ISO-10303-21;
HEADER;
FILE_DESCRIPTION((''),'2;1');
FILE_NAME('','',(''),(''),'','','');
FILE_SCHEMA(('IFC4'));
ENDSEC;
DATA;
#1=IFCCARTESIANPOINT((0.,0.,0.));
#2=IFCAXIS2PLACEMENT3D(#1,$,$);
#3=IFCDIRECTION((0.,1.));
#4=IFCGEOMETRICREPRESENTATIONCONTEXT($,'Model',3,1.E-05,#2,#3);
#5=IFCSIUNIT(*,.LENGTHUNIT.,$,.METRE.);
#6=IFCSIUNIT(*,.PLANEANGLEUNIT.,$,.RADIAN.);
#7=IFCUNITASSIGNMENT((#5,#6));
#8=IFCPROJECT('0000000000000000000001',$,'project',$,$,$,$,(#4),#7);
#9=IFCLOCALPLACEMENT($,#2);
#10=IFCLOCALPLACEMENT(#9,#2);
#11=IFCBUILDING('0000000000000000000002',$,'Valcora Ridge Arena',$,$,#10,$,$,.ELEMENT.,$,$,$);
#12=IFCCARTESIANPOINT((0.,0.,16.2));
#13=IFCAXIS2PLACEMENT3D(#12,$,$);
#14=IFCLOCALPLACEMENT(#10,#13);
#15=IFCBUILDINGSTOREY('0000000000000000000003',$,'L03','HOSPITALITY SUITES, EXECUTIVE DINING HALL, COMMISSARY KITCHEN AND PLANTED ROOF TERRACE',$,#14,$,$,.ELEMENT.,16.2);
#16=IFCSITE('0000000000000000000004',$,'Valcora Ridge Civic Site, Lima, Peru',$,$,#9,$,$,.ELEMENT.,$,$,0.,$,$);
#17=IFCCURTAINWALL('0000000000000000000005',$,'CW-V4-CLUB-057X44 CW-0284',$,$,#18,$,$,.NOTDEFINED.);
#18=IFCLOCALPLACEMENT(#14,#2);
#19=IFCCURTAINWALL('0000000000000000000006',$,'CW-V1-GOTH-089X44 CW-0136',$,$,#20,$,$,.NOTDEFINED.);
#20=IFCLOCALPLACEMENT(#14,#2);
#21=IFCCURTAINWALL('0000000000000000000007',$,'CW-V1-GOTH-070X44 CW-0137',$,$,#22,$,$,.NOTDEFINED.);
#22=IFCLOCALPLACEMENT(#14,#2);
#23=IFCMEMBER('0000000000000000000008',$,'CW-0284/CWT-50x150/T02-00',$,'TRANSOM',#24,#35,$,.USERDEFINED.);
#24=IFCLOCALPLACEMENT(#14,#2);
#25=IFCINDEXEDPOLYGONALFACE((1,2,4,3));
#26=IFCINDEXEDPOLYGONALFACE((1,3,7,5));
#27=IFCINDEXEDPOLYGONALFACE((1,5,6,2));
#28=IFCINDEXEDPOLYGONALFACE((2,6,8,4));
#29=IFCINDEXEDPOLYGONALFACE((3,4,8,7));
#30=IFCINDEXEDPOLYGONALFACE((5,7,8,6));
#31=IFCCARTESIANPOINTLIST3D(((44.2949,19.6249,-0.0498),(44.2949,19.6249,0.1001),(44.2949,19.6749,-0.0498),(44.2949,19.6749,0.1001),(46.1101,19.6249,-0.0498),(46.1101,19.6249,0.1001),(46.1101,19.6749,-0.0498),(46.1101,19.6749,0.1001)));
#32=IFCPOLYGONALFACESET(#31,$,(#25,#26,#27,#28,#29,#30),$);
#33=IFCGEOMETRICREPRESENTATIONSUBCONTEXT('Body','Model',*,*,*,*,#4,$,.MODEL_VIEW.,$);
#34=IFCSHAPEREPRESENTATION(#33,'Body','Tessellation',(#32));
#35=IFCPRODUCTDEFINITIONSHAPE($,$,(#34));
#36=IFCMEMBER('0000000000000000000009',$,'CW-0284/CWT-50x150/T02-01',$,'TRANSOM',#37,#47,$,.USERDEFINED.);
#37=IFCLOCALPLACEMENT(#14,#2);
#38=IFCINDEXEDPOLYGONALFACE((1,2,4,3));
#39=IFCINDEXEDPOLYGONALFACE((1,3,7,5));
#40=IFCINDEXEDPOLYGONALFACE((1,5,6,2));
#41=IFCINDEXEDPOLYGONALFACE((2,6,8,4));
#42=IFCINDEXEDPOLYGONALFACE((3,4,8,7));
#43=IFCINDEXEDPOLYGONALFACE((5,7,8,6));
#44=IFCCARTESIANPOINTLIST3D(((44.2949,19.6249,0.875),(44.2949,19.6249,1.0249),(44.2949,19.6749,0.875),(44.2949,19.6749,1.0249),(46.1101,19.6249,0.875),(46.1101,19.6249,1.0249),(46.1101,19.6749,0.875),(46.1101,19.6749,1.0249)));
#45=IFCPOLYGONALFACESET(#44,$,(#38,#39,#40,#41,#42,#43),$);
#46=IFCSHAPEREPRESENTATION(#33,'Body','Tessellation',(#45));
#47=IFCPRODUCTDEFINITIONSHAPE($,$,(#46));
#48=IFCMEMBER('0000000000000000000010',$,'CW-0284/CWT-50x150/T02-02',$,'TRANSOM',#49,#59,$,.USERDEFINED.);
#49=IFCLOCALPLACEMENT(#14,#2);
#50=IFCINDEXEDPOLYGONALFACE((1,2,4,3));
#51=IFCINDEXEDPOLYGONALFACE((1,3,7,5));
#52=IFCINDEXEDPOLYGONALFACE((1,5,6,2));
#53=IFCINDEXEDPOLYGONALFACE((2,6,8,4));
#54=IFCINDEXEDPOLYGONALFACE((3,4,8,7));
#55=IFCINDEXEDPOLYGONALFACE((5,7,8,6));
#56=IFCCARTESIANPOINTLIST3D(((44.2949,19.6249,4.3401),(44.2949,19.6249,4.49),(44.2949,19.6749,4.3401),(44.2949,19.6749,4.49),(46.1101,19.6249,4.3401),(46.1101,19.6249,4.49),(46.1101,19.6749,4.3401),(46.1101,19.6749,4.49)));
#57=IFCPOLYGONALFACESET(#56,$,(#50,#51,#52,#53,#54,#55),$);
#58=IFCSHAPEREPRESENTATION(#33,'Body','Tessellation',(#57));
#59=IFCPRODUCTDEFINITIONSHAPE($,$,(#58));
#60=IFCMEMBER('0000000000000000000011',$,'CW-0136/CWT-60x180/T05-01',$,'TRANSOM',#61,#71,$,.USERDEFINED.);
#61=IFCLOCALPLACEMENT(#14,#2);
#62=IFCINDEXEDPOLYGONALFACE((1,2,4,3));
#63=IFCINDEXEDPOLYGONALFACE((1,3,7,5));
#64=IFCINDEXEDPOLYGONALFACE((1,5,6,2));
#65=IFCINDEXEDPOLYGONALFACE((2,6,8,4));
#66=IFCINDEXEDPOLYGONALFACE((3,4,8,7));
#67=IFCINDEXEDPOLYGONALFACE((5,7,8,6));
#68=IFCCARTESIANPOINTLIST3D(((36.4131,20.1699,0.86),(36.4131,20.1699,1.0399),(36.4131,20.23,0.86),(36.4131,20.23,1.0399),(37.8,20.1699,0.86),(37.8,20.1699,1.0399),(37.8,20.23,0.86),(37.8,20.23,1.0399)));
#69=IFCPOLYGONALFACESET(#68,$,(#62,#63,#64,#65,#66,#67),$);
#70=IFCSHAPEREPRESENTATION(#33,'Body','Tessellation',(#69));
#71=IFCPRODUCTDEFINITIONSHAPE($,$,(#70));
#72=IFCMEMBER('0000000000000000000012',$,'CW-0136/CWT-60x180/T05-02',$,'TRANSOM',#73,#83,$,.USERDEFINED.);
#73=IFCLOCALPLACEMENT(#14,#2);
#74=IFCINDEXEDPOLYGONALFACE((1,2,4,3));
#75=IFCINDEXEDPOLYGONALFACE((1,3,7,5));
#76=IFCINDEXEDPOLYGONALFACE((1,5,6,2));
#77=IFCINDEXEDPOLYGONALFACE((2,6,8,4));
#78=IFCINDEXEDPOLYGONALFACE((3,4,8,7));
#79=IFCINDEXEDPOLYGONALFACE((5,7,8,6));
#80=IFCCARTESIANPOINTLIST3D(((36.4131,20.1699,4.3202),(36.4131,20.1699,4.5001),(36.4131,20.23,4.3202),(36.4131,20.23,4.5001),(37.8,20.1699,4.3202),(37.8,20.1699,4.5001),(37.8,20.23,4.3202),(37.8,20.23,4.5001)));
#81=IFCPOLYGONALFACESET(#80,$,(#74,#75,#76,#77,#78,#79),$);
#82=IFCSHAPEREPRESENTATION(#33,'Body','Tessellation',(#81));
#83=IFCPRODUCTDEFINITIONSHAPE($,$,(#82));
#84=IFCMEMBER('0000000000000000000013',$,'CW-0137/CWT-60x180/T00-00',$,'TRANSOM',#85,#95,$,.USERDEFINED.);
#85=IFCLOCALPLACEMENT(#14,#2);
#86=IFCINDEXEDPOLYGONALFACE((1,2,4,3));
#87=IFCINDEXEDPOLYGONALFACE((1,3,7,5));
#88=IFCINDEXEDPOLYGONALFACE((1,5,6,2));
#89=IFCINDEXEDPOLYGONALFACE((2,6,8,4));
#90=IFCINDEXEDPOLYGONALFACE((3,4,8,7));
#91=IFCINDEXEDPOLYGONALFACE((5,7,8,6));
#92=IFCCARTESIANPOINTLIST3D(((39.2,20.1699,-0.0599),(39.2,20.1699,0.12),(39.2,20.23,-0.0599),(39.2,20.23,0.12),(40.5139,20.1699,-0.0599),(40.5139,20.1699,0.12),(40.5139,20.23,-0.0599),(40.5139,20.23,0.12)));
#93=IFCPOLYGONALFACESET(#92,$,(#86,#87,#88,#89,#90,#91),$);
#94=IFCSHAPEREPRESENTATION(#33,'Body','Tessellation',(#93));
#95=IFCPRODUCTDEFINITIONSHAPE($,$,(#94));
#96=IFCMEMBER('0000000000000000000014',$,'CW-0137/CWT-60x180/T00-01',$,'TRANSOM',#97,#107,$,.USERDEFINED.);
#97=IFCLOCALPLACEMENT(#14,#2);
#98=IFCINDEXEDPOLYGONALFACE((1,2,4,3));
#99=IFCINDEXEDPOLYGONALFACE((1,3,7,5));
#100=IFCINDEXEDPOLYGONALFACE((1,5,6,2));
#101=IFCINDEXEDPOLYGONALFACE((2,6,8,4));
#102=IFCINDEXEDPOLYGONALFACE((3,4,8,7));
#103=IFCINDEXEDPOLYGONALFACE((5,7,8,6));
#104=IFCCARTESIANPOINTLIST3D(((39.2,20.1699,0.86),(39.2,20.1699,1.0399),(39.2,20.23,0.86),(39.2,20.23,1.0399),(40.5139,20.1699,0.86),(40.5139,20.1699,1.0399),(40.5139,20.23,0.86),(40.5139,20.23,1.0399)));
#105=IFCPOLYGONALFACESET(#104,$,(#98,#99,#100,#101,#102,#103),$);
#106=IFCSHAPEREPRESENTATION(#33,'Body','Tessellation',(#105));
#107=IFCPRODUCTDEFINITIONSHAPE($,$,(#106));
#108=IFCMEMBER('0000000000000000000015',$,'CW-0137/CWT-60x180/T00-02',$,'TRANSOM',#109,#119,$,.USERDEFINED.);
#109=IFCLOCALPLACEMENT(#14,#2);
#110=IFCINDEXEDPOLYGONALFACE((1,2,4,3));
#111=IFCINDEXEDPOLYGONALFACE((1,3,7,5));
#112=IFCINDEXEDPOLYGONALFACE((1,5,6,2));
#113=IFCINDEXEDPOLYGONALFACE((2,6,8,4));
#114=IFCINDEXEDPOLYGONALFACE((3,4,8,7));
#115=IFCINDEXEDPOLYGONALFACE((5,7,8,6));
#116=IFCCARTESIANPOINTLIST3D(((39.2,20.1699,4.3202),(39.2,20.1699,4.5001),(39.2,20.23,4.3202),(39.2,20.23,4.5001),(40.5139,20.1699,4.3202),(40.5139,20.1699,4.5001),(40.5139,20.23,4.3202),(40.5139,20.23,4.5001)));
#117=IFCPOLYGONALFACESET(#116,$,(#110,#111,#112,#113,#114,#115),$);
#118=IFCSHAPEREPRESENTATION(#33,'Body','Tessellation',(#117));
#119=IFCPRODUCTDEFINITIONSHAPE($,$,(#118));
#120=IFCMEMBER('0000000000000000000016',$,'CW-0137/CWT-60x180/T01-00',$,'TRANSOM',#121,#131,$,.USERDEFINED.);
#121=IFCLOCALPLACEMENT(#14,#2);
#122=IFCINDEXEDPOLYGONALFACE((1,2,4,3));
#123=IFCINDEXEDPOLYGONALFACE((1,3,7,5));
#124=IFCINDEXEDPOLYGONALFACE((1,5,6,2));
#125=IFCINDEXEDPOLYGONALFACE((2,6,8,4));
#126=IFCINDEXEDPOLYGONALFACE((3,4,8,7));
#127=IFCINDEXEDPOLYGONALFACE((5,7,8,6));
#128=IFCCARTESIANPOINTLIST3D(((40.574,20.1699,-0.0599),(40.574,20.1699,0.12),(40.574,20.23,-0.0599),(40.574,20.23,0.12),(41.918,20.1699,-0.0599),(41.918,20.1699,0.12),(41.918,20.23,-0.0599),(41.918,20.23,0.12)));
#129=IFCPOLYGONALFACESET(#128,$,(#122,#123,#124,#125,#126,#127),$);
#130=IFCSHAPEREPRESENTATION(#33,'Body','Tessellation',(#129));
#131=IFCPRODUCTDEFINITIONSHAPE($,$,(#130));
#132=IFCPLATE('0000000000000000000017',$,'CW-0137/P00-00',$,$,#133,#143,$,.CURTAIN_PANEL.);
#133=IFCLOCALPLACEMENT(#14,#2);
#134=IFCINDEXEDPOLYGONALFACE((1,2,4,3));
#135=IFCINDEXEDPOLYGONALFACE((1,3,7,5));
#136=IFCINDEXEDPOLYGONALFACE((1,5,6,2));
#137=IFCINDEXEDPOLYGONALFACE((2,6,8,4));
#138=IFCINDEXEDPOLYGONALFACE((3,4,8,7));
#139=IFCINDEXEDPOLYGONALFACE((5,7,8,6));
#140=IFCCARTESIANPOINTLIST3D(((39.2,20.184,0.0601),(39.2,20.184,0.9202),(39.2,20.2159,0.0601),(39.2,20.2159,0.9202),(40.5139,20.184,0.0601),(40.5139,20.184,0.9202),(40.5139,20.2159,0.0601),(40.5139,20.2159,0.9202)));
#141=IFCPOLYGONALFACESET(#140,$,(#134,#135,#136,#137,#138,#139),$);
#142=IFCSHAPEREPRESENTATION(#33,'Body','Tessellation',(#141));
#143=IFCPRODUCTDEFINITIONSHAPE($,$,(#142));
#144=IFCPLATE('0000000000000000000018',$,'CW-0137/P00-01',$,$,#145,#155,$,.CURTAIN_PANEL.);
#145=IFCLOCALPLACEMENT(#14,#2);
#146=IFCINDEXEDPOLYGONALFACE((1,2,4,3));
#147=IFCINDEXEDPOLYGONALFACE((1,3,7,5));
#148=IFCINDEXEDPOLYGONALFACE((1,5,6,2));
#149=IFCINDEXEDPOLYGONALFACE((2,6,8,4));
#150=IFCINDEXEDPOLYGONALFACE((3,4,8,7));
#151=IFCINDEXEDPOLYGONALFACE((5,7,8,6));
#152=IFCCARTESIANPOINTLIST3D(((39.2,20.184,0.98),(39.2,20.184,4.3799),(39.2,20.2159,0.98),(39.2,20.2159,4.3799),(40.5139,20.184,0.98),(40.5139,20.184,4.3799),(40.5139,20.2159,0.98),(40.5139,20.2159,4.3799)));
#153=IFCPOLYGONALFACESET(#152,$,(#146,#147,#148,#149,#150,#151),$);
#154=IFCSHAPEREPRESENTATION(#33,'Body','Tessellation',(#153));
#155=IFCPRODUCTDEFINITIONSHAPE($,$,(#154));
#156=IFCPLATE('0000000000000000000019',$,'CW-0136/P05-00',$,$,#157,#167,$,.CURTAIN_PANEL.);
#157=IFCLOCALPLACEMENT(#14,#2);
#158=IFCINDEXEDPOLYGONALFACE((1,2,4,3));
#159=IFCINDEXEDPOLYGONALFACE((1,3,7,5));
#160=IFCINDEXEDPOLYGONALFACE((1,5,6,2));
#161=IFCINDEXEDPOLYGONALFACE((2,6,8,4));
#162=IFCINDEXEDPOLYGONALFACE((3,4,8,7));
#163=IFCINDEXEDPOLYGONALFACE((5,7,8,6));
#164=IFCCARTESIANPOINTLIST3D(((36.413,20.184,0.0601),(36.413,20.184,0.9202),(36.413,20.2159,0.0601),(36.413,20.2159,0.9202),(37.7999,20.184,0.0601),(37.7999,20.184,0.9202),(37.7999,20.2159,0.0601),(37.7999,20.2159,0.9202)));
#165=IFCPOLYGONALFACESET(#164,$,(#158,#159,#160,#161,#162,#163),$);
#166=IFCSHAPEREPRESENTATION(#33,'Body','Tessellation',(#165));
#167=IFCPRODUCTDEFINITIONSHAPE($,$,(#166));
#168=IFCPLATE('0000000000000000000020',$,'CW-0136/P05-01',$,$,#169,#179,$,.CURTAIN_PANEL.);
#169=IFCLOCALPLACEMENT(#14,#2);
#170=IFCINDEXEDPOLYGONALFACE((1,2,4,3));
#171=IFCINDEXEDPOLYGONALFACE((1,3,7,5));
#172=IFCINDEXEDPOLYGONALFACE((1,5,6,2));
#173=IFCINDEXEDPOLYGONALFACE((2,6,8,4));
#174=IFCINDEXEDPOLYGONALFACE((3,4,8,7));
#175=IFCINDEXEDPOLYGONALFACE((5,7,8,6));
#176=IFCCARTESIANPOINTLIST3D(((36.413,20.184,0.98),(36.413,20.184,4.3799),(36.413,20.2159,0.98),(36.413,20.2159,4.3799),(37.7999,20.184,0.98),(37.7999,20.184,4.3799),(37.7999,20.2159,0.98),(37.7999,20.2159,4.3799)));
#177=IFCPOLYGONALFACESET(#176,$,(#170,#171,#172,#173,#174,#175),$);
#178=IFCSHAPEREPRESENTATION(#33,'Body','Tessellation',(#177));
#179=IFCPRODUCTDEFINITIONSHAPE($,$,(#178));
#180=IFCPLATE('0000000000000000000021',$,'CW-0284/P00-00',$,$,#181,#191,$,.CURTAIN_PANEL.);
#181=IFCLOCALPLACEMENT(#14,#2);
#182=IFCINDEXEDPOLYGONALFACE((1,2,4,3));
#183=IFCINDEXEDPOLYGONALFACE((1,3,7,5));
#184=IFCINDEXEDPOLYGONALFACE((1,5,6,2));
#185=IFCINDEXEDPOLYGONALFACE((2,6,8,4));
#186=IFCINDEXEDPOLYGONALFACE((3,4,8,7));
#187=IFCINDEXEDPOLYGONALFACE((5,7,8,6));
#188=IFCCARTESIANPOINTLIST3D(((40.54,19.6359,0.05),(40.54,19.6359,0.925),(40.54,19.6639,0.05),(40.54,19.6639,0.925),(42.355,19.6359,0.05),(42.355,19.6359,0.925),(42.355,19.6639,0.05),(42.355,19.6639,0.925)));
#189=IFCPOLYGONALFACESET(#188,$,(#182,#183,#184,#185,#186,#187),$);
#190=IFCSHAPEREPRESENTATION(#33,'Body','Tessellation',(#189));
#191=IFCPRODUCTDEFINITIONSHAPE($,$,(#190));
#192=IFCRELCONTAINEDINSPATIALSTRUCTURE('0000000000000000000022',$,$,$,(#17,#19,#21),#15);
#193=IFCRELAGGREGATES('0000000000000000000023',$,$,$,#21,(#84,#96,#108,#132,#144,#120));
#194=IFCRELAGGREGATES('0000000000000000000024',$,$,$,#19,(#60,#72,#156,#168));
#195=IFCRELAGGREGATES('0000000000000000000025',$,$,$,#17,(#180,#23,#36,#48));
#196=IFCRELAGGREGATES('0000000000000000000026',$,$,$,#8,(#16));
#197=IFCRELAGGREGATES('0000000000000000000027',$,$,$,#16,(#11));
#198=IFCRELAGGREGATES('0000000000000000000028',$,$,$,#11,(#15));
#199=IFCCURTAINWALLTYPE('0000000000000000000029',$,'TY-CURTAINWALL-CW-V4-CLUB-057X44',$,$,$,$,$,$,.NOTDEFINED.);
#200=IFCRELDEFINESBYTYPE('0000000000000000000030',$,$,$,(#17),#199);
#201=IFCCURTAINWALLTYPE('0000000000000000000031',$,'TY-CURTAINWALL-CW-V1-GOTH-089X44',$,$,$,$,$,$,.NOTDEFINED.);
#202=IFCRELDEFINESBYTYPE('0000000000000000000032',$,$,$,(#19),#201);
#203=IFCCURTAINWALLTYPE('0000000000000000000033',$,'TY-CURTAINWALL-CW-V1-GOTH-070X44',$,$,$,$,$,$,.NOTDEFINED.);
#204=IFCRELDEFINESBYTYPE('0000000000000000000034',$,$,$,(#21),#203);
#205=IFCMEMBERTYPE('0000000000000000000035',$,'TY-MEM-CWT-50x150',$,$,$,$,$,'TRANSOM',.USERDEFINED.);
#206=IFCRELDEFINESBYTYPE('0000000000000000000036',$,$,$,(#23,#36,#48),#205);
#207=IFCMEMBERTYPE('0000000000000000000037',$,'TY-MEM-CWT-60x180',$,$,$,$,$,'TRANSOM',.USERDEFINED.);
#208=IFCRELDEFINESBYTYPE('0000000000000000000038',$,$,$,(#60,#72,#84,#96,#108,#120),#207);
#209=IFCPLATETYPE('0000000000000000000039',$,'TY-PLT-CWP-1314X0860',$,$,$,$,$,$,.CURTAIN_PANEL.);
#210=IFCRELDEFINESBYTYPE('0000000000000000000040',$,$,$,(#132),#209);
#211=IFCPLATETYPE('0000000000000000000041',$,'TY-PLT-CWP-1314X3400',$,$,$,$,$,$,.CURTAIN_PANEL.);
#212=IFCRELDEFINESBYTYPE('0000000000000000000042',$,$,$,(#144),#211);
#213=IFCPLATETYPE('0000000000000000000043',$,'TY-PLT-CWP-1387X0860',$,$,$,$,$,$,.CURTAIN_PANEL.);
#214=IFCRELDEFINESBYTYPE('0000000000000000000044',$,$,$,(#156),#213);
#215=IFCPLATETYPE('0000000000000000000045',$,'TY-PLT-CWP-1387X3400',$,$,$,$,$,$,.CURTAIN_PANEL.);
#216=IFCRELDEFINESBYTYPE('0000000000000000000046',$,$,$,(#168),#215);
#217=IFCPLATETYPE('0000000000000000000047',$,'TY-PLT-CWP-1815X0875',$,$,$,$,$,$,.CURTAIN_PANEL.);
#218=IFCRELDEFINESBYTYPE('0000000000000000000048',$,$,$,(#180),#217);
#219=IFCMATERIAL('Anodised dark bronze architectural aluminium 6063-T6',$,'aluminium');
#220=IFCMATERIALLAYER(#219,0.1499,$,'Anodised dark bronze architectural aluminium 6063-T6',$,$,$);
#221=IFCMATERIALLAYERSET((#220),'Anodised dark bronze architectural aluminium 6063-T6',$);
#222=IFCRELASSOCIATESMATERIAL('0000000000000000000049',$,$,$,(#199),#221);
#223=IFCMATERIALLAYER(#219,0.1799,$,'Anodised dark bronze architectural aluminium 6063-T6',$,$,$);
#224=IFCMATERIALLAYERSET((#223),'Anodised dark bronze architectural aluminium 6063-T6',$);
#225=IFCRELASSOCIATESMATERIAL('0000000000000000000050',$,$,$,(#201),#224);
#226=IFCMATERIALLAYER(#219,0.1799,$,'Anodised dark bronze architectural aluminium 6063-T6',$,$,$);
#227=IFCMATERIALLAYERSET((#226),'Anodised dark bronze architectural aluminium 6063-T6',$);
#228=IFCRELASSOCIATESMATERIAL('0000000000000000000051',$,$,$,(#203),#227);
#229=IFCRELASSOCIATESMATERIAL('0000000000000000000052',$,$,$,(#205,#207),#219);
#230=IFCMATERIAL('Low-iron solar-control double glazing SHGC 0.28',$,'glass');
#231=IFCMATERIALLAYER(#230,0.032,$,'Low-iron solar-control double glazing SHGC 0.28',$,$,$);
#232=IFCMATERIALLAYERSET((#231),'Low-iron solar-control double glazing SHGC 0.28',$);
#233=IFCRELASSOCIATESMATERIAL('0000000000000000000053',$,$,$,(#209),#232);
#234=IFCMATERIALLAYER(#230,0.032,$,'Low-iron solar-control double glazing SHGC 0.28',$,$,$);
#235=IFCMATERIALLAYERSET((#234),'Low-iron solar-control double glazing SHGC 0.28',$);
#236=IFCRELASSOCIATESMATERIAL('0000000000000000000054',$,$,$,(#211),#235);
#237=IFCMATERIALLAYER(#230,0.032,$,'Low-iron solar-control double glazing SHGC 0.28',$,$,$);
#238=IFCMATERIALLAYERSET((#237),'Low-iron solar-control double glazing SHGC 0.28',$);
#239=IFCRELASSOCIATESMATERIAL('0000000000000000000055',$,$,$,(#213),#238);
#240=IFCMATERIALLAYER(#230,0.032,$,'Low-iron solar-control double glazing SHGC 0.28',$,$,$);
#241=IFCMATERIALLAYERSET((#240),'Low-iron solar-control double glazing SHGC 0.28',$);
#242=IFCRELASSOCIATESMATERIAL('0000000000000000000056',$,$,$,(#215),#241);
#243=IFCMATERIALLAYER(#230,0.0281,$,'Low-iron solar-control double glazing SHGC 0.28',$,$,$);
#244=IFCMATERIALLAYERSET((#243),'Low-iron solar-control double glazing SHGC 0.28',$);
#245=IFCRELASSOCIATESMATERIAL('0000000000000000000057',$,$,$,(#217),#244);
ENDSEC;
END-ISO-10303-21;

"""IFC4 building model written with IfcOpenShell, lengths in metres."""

from ifc_helpers import new_model, si_unit, direction, frame, origin, origin_2d, place, context, subcontext, project, spatial, rectangle, extrude, material, layer, layer_set, material_profile, profile_set, type_object, element, aggregate, save


model = new_model("IFC4")

# Units and contexts
model_context = context("Model", 3, precision=1e-05, world=origin(), true_north=direction((0.0, 1.0)))
body_context = subcontext(model_context, "Body", "Model", "MODEL_VIEW")
ifc_project = project(units=[si_unit("LENGTHUNIT", "METRE"), si_unit("PLANEANGLEUNIT", "RADIAN")], contexts=[model_context])

# Site, building, storey
site_placement = place(None, origin())
site = spatial("IfcSite", under=ifc_project, at=site_placement, Name="Valcora Ridge Civic Site, Lima, Peru", CompositionType="ELEMENT", RefElevation=0.0)
building_placement = place(site_placement, origin())
building = spatial("IfcBuilding", under=site, at=building_placement, Name="Valcora Ridge Arena", CompositionType="ELEMENT")
storey_placement = place(building_placement, frame((0.0, 0.0, 16.2)))
storey = spatial("IfcBuildingStorey", under=building, at=storey_placement, Name="L03", Description="HOSPITALITY SUITES, EXECUTIVE DINING HALL, COMMISSARY KITCHEN AND PLANTED ROOF TERRACE", CompositionType="ELEMENT", Elevation=16.2)

# Curtain wall
ifc_material_1 = material(Name="Anodised dark bronze architectural aluminium 6063-T6", Category="aluminium")
ifc_layer_1 = layer(ifc_material_1, 0.1499, Name="Anodised dark bronze architectural aluminium 6063-T6")
ifc_layer_set_1 = layer_set([ifc_layer_1], Name="Anodised dark bronze architectural aluminium 6063-T6")
curtain_wall_type_1 = type_object("IfcCurtainWallType", Name="TY-CURTAINWALL-CW-V4-CLUB-057X44", PredefinedType="NOTDEFINED", material=ifc_layer_set_1)
curtain_wall_1_placement = place(storey_placement, origin())
curtain_wall_1 = element("IfcCurtainWall", 1, at=curtain_wall_1_placement, inside=storey, type_object=curtain_wall_type_1, Name="CW-V4-CLUB-057X44 CW-0284", PredefinedType="NOTDEFINED")

# Curtain wall
ifc_layer_2 = layer(ifc_material_1, 0.1799, Name="Anodised dark bronze architectural aluminium 6063-T6")
ifc_layer_set_2 = layer_set([ifc_layer_2], Name="Anodised dark bronze architectural aluminium 6063-T6")
curtain_wall_type_2 = type_object("IfcCurtainWallType", Name="TY-CURTAINWALL-CW-V1-GOTH-089X44", PredefinedType="NOTDEFINED", material=ifc_layer_set_2)
curtain_wall_2_placement = place(storey_placement, origin())
curtain_wall_2 = element("IfcCurtainWall", 2, at=curtain_wall_2_placement, inside=storey, type_object=curtain_wall_type_2, Name="CW-V1-GOTH-089X44 CW-0136", PredefinedType="NOTDEFINED")

# Curtain wall
ifc_layer_3 = layer(ifc_material_1, 0.1799, Name="Anodised dark bronze architectural aluminium 6063-T6")
ifc_layer_set_3 = layer_set([ifc_layer_3], Name="Anodised dark bronze architectural aluminium 6063-T6")
curtain_wall_type_3 = type_object("IfcCurtainWallType", Name="TY-CURTAINWALL-CW-V1-GOTH-070X44", PredefinedType="NOTDEFINED", material=ifc_layer_set_3)
curtain_wall_3_placement = place(storey_placement, origin())
curtain_wall_3 = element("IfcCurtainWall", 3, at=curtain_wall_3_placement, inside=storey, type_object=curtain_wall_type_3, Name="CW-V1-GOTH-070X44 CW-0137", PredefinedType="NOTDEFINED")

# Members
ifc_material_profile_1 = material_profile(ifc_material_1, rectangle(XDim=0.05, YDim=0.1499, at=origin_2d()), Name="ALU TRANSOM 50x150")
ifc_profile_set_1 = profile_set([ifc_material_profile_1], Name="Anodised dark bronze architectural aluminium 6063-T6")
member_type_1 = type_object("IfcMemberType", Name="TY-MEM-CWT-50x150", ElementType="TRANSOM", PredefinedType="USERDEFINED", material=ifc_profile_set_1)
member_1_placement = place(storey_placement, frame((44.2949, 19.6499, 0.0251), z_axis=(1.0, 0.0, 0.0), x_axis=(0.0, 1.0, 0.0)))
member_1 = element("IfcMember", 4, at=member_1_placement, type_object=member_type_1, Name="CW-0284/CWT-50x150/T02-00", ObjectType="TRANSOM", PredefinedType="USERDEFINED", context=body_context, shape_type="SweptSolid", body=[
    extrude(rectangle(XDim=0.05, YDim=0.1499, at=origin_2d()), origin(), (0.0, 0.0, 1.0), 1.8152),
])
member_2_placement = place(storey_placement, frame((44.2949, 19.6499, 0.95), z_axis=(1.0, 0.0, 0.0), x_axis=(0.0, 1.0, 0.0)))
member_2 = element("IfcMember", 5, at=member_2_placement, type_object=member_type_1, Name="CW-0284/CWT-50x150/T02-01", ObjectType="TRANSOM", PredefinedType="USERDEFINED", context=body_context, shape_type="SweptSolid", body=[
    extrude(rectangle(XDim=0.05, YDim=0.1499, at=origin_2d()), origin(), (0.0, 0.0, 1.0), 1.8152),
])
member_3_placement = place(storey_placement, frame((44.2949, 19.6499, 4.415), z_axis=(1.0, 0.0, 0.0), x_axis=(0.0, 1.0, 0.0)))
member_3 = element("IfcMember", 6, at=member_3_placement, type_object=member_type_1, Name="CW-0284/CWT-50x150/T02-02", ObjectType="TRANSOM", PredefinedType="USERDEFINED", context=body_context, shape_type="SweptSolid", body=[
    extrude(rectangle(XDim=0.05, YDim=0.1499, at=origin_2d()), origin(), (0.0, 0.0, 1.0), 1.8152),
])
ifc_material_profile_2 = material_profile(ifc_material_1, rectangle(XDim=0.0601, YDim=0.1799, at=origin_2d()), Name="ALU TRANSOM 60x180")
ifc_profile_set_2 = profile_set([ifc_material_profile_2], Name="Anodised dark bronze architectural aluminium 6063-T6")
member_type_2 = type_object("IfcMemberType", Name="TY-MEM-CWT-60x180", ElementType="TRANSOM", PredefinedType="USERDEFINED", material=ifc_profile_set_2)
member_4_placement = place(storey_placement, frame((36.4131, 20.2, 0.95), z_axis=(1.0, 0.0, 0.0), x_axis=(0.0, 1.0, 0.0)))
member_4 = element("IfcMember", 7, at=member_4_placement, type_object=member_type_2, Name="CW-0136/CWT-60x180/T05-01", ObjectType="TRANSOM", PredefinedType="USERDEFINED", context=body_context, shape_type="SweptSolid", body=[
    extrude(rectangle(XDim=0.0601, YDim=0.1799, at=origin_2d()), origin(), (0.0, 0.0, 1.0), 1.387),
])
member_5_placement = place(storey_placement, frame((36.4131, 20.2, 4.4102), z_axis=(1.0, 0.0, 0.0), x_axis=(0.0, 1.0, 0.0)))
member_5 = element("IfcMember", 8, at=member_5_placement, type_object=member_type_2, Name="CW-0136/CWT-60x180/T05-02", ObjectType="TRANSOM", PredefinedType="USERDEFINED", context=body_context, shape_type="SweptSolid", body=[
    extrude(rectangle(XDim=0.0601, YDim=0.1799, at=origin_2d()), origin(), (0.0, 0.0, 1.0), 1.387),
])
member_6_placement = place(storey_placement, frame((39.2, 20.2, 0.03), z_axis=(1.0, 0.0, 0.0), x_axis=(0.0, 1.0, 0.0)))
member_6 = element("IfcMember", 9, at=member_6_placement, type_object=member_type_2, Name="CW-0137/CWT-60x180/T00-00", ObjectType="TRANSOM", PredefinedType="USERDEFINED", context=body_context, shape_type="SweptSolid", body=[
    extrude(rectangle(XDim=0.0601, YDim=0.1799, at=origin_2d()), origin(), (0.0, 0.0, 1.0), 1.314),
])
member_7_placement = place(storey_placement, frame((39.2, 20.2, 0.95), z_axis=(1.0, 0.0, 0.0), x_axis=(0.0, 1.0, 0.0)))
member_7 = element("IfcMember", 10, at=member_7_placement, type_object=member_type_2, Name="CW-0137/CWT-60x180/T00-01", ObjectType="TRANSOM", PredefinedType="USERDEFINED", context=body_context, shape_type="SweptSolid", body=[
    extrude(rectangle(XDim=0.0601, YDim=0.1799, at=origin_2d()), origin(), (0.0, 0.0, 1.0), 1.314),
])
member_8_placement = place(storey_placement, frame((39.2, 20.2, 4.4102), z_axis=(1.0, 0.0, 0.0), x_axis=(0.0, 1.0, 0.0)))
member_8 = element("IfcMember", 11, at=member_8_placement, type_object=member_type_2, Name="CW-0137/CWT-60x180/T00-02", ObjectType="TRANSOM", PredefinedType="USERDEFINED", context=body_context, shape_type="SweptSolid", body=[
    extrude(rectangle(XDim=0.0601, YDim=0.1799, at=origin_2d()), origin(), (0.0, 0.0, 1.0), 1.314),
])
member_9_placement = place(storey_placement, frame((40.574, 20.2, 0.03), z_axis=(1.0, 0.0, 0.0), x_axis=(0.0, 1.0, 0.0)))
member_9 = element("IfcMember", 12, at=member_9_placement, type_object=member_type_2, Name="CW-0137/CWT-60x180/T01-00", ObjectType="TRANSOM", PredefinedType="USERDEFINED", context=body_context, shape_type="SweptSolid", body=[
    extrude(rectangle(XDim=0.0601, YDim=0.1799, at=origin_2d()), origin(), (0.0, 0.0, 1.0), 1.344),
])

# Plates
ifc_material_2 = material(Name="Low-iron solar-control double glazing SHGC 0.28", Category="glass")
ifc_layer_4 = layer(ifc_material_2, 0.032, Name="Low-iron solar-control double glazing SHGC 0.28")
ifc_layer_set_4 = layer_set([ifc_layer_4], Name="Low-iron solar-control double glazing SHGC 0.28")
plate_type_1 = type_object("IfcPlateType", Name="TY-PLT-CWP-1314X0860", PredefinedType="CURTAIN_PANEL", material=ifc_layer_set_4)
plate_1_placement = place(storey_placement, frame((39.8569, 20.2, 0.0601), z_axis=(0.0, 0.0, 1.0), x_axis=(1.0, 0.0, 0.0)))
plate_1 = element("IfcPlate", 13, at=plate_1_placement, type_object=plate_type_1, Name="CW-0137/P00-00", PredefinedType="CURTAIN_PANEL", context=body_context, shape_type="SweptSolid", body=[
    extrude(rectangle(XDim=1.314, YDim=0.032, at=origin_2d()), origin(), (0.0, 0.0, 1.0), 0.8601),
])
ifc_layer_5 = layer(ifc_material_2, 0.032, Name="Low-iron solar-control double glazing SHGC 0.28")
ifc_layer_set_5 = layer_set([ifc_layer_5], Name="Low-iron solar-control double glazing SHGC 0.28")
plate_type_2 = type_object("IfcPlateType", Name="TY-PLT-CWP-1314X3400", PredefinedType="CURTAIN_PANEL", material=ifc_layer_set_5)
plate_2_placement = place(storey_placement, frame((39.8569, 20.2, 0.98), z_axis=(0.0, 0.0, 1.0), x_axis=(1.0, 0.0, 0.0)))
plate_2 = element("IfcPlate", 14, at=plate_2_placement, type_object=plate_type_2, Name="CW-0137/P00-01", PredefinedType="CURTAIN_PANEL", context=body_context, shape_type="SweptSolid", body=[
    extrude(rectangle(XDim=1.314, YDim=0.032, at=origin_2d()), origin(), (0.0, 0.0, 1.0), 3.3999),
])
aggregate(curtain_wall_3, [member_6, member_7, member_8, plate_1, plate_2, member_9])
ifc_layer_6 = layer(ifc_material_2, 0.032, Name="Low-iron solar-control double glazing SHGC 0.28")
ifc_layer_set_6 = layer_set([ifc_layer_6], Name="Low-iron solar-control double glazing SHGC 0.28")
plate_type_3 = type_object("IfcPlateType", Name="TY-PLT-CWP-1387X0860", PredefinedType="CURTAIN_PANEL", material=ifc_layer_set_6)
plate_3_placement = place(storey_placement, frame((37.1064, 20.2, 0.0601), z_axis=(0.0, 0.0, 1.0), x_axis=(1.0, 0.0, 0.0)))
plate_3 = element("IfcPlate", 15, at=plate_3_placement, type_object=plate_type_3, Name="CW-0136/P05-00", PredefinedType="CURTAIN_PANEL", context=body_context, shape_type="SweptSolid", body=[
    extrude(rectangle(XDim=1.387, YDim=0.032, at=origin_2d()), origin(), (0.0, 0.0, 1.0), 0.8601),
])
ifc_layer_7 = layer(ifc_material_2, 0.032, Name="Low-iron solar-control double glazing SHGC 0.28")
ifc_layer_set_7 = layer_set([ifc_layer_7], Name="Low-iron solar-control double glazing SHGC 0.28")
plate_type_4 = type_object("IfcPlateType", Name="TY-PLT-CWP-1387X3400", PredefinedType="CURTAIN_PANEL", material=ifc_layer_set_7)
plate_4_placement = place(storey_placement, frame((37.1064, 20.2, 0.98), z_axis=(0.0, 0.0, 1.0), x_axis=(1.0, 0.0, 0.0)))
plate_4 = element("IfcPlate", 16, at=plate_4_placement, type_object=plate_type_4, Name="CW-0136/P05-01", PredefinedType="CURTAIN_PANEL", context=body_context, shape_type="SweptSolid", body=[
    extrude(rectangle(XDim=1.387, YDim=0.032, at=origin_2d()), origin(), (0.0, 0.0, 1.0), 3.3999),
])
aggregate(curtain_wall_2, [member_4, member_5, plate_3, plate_4])
ifc_layer_8 = layer(ifc_material_2, 0.0281, Name="Low-iron solar-control double glazing SHGC 0.28")
ifc_layer_set_8 = layer_set([ifc_layer_8], Name="Low-iron solar-control double glazing SHGC 0.28")
plate_type_5 = type_object("IfcPlateType", Name="TY-PLT-CWP-1815X0875", PredefinedType="CURTAIN_PANEL", material=ifc_layer_set_8)
plate_5_placement = place(storey_placement, frame((41.4475, 19.6499, 0.05), z_axis=(0.0, 0.0, 1.0), x_axis=(1.0, 0.0, 0.0)))
plate_5 = element("IfcPlate", 17, at=plate_5_placement, type_object=plate_type_5, Name="CW-0284/P00-00", PredefinedType="CURTAIN_PANEL", context=body_context, shape_type="SweptSolid", body=[
    extrude(rectangle(XDim=1.8149, YDim=0.0281, at=origin_2d()), origin(), (0.0, 0.0, 1.0), 0.875),
])
aggregate(curtain_wall_1, [plate_5, member_1, member_2, member_3])

save(model, "model.ifc")
